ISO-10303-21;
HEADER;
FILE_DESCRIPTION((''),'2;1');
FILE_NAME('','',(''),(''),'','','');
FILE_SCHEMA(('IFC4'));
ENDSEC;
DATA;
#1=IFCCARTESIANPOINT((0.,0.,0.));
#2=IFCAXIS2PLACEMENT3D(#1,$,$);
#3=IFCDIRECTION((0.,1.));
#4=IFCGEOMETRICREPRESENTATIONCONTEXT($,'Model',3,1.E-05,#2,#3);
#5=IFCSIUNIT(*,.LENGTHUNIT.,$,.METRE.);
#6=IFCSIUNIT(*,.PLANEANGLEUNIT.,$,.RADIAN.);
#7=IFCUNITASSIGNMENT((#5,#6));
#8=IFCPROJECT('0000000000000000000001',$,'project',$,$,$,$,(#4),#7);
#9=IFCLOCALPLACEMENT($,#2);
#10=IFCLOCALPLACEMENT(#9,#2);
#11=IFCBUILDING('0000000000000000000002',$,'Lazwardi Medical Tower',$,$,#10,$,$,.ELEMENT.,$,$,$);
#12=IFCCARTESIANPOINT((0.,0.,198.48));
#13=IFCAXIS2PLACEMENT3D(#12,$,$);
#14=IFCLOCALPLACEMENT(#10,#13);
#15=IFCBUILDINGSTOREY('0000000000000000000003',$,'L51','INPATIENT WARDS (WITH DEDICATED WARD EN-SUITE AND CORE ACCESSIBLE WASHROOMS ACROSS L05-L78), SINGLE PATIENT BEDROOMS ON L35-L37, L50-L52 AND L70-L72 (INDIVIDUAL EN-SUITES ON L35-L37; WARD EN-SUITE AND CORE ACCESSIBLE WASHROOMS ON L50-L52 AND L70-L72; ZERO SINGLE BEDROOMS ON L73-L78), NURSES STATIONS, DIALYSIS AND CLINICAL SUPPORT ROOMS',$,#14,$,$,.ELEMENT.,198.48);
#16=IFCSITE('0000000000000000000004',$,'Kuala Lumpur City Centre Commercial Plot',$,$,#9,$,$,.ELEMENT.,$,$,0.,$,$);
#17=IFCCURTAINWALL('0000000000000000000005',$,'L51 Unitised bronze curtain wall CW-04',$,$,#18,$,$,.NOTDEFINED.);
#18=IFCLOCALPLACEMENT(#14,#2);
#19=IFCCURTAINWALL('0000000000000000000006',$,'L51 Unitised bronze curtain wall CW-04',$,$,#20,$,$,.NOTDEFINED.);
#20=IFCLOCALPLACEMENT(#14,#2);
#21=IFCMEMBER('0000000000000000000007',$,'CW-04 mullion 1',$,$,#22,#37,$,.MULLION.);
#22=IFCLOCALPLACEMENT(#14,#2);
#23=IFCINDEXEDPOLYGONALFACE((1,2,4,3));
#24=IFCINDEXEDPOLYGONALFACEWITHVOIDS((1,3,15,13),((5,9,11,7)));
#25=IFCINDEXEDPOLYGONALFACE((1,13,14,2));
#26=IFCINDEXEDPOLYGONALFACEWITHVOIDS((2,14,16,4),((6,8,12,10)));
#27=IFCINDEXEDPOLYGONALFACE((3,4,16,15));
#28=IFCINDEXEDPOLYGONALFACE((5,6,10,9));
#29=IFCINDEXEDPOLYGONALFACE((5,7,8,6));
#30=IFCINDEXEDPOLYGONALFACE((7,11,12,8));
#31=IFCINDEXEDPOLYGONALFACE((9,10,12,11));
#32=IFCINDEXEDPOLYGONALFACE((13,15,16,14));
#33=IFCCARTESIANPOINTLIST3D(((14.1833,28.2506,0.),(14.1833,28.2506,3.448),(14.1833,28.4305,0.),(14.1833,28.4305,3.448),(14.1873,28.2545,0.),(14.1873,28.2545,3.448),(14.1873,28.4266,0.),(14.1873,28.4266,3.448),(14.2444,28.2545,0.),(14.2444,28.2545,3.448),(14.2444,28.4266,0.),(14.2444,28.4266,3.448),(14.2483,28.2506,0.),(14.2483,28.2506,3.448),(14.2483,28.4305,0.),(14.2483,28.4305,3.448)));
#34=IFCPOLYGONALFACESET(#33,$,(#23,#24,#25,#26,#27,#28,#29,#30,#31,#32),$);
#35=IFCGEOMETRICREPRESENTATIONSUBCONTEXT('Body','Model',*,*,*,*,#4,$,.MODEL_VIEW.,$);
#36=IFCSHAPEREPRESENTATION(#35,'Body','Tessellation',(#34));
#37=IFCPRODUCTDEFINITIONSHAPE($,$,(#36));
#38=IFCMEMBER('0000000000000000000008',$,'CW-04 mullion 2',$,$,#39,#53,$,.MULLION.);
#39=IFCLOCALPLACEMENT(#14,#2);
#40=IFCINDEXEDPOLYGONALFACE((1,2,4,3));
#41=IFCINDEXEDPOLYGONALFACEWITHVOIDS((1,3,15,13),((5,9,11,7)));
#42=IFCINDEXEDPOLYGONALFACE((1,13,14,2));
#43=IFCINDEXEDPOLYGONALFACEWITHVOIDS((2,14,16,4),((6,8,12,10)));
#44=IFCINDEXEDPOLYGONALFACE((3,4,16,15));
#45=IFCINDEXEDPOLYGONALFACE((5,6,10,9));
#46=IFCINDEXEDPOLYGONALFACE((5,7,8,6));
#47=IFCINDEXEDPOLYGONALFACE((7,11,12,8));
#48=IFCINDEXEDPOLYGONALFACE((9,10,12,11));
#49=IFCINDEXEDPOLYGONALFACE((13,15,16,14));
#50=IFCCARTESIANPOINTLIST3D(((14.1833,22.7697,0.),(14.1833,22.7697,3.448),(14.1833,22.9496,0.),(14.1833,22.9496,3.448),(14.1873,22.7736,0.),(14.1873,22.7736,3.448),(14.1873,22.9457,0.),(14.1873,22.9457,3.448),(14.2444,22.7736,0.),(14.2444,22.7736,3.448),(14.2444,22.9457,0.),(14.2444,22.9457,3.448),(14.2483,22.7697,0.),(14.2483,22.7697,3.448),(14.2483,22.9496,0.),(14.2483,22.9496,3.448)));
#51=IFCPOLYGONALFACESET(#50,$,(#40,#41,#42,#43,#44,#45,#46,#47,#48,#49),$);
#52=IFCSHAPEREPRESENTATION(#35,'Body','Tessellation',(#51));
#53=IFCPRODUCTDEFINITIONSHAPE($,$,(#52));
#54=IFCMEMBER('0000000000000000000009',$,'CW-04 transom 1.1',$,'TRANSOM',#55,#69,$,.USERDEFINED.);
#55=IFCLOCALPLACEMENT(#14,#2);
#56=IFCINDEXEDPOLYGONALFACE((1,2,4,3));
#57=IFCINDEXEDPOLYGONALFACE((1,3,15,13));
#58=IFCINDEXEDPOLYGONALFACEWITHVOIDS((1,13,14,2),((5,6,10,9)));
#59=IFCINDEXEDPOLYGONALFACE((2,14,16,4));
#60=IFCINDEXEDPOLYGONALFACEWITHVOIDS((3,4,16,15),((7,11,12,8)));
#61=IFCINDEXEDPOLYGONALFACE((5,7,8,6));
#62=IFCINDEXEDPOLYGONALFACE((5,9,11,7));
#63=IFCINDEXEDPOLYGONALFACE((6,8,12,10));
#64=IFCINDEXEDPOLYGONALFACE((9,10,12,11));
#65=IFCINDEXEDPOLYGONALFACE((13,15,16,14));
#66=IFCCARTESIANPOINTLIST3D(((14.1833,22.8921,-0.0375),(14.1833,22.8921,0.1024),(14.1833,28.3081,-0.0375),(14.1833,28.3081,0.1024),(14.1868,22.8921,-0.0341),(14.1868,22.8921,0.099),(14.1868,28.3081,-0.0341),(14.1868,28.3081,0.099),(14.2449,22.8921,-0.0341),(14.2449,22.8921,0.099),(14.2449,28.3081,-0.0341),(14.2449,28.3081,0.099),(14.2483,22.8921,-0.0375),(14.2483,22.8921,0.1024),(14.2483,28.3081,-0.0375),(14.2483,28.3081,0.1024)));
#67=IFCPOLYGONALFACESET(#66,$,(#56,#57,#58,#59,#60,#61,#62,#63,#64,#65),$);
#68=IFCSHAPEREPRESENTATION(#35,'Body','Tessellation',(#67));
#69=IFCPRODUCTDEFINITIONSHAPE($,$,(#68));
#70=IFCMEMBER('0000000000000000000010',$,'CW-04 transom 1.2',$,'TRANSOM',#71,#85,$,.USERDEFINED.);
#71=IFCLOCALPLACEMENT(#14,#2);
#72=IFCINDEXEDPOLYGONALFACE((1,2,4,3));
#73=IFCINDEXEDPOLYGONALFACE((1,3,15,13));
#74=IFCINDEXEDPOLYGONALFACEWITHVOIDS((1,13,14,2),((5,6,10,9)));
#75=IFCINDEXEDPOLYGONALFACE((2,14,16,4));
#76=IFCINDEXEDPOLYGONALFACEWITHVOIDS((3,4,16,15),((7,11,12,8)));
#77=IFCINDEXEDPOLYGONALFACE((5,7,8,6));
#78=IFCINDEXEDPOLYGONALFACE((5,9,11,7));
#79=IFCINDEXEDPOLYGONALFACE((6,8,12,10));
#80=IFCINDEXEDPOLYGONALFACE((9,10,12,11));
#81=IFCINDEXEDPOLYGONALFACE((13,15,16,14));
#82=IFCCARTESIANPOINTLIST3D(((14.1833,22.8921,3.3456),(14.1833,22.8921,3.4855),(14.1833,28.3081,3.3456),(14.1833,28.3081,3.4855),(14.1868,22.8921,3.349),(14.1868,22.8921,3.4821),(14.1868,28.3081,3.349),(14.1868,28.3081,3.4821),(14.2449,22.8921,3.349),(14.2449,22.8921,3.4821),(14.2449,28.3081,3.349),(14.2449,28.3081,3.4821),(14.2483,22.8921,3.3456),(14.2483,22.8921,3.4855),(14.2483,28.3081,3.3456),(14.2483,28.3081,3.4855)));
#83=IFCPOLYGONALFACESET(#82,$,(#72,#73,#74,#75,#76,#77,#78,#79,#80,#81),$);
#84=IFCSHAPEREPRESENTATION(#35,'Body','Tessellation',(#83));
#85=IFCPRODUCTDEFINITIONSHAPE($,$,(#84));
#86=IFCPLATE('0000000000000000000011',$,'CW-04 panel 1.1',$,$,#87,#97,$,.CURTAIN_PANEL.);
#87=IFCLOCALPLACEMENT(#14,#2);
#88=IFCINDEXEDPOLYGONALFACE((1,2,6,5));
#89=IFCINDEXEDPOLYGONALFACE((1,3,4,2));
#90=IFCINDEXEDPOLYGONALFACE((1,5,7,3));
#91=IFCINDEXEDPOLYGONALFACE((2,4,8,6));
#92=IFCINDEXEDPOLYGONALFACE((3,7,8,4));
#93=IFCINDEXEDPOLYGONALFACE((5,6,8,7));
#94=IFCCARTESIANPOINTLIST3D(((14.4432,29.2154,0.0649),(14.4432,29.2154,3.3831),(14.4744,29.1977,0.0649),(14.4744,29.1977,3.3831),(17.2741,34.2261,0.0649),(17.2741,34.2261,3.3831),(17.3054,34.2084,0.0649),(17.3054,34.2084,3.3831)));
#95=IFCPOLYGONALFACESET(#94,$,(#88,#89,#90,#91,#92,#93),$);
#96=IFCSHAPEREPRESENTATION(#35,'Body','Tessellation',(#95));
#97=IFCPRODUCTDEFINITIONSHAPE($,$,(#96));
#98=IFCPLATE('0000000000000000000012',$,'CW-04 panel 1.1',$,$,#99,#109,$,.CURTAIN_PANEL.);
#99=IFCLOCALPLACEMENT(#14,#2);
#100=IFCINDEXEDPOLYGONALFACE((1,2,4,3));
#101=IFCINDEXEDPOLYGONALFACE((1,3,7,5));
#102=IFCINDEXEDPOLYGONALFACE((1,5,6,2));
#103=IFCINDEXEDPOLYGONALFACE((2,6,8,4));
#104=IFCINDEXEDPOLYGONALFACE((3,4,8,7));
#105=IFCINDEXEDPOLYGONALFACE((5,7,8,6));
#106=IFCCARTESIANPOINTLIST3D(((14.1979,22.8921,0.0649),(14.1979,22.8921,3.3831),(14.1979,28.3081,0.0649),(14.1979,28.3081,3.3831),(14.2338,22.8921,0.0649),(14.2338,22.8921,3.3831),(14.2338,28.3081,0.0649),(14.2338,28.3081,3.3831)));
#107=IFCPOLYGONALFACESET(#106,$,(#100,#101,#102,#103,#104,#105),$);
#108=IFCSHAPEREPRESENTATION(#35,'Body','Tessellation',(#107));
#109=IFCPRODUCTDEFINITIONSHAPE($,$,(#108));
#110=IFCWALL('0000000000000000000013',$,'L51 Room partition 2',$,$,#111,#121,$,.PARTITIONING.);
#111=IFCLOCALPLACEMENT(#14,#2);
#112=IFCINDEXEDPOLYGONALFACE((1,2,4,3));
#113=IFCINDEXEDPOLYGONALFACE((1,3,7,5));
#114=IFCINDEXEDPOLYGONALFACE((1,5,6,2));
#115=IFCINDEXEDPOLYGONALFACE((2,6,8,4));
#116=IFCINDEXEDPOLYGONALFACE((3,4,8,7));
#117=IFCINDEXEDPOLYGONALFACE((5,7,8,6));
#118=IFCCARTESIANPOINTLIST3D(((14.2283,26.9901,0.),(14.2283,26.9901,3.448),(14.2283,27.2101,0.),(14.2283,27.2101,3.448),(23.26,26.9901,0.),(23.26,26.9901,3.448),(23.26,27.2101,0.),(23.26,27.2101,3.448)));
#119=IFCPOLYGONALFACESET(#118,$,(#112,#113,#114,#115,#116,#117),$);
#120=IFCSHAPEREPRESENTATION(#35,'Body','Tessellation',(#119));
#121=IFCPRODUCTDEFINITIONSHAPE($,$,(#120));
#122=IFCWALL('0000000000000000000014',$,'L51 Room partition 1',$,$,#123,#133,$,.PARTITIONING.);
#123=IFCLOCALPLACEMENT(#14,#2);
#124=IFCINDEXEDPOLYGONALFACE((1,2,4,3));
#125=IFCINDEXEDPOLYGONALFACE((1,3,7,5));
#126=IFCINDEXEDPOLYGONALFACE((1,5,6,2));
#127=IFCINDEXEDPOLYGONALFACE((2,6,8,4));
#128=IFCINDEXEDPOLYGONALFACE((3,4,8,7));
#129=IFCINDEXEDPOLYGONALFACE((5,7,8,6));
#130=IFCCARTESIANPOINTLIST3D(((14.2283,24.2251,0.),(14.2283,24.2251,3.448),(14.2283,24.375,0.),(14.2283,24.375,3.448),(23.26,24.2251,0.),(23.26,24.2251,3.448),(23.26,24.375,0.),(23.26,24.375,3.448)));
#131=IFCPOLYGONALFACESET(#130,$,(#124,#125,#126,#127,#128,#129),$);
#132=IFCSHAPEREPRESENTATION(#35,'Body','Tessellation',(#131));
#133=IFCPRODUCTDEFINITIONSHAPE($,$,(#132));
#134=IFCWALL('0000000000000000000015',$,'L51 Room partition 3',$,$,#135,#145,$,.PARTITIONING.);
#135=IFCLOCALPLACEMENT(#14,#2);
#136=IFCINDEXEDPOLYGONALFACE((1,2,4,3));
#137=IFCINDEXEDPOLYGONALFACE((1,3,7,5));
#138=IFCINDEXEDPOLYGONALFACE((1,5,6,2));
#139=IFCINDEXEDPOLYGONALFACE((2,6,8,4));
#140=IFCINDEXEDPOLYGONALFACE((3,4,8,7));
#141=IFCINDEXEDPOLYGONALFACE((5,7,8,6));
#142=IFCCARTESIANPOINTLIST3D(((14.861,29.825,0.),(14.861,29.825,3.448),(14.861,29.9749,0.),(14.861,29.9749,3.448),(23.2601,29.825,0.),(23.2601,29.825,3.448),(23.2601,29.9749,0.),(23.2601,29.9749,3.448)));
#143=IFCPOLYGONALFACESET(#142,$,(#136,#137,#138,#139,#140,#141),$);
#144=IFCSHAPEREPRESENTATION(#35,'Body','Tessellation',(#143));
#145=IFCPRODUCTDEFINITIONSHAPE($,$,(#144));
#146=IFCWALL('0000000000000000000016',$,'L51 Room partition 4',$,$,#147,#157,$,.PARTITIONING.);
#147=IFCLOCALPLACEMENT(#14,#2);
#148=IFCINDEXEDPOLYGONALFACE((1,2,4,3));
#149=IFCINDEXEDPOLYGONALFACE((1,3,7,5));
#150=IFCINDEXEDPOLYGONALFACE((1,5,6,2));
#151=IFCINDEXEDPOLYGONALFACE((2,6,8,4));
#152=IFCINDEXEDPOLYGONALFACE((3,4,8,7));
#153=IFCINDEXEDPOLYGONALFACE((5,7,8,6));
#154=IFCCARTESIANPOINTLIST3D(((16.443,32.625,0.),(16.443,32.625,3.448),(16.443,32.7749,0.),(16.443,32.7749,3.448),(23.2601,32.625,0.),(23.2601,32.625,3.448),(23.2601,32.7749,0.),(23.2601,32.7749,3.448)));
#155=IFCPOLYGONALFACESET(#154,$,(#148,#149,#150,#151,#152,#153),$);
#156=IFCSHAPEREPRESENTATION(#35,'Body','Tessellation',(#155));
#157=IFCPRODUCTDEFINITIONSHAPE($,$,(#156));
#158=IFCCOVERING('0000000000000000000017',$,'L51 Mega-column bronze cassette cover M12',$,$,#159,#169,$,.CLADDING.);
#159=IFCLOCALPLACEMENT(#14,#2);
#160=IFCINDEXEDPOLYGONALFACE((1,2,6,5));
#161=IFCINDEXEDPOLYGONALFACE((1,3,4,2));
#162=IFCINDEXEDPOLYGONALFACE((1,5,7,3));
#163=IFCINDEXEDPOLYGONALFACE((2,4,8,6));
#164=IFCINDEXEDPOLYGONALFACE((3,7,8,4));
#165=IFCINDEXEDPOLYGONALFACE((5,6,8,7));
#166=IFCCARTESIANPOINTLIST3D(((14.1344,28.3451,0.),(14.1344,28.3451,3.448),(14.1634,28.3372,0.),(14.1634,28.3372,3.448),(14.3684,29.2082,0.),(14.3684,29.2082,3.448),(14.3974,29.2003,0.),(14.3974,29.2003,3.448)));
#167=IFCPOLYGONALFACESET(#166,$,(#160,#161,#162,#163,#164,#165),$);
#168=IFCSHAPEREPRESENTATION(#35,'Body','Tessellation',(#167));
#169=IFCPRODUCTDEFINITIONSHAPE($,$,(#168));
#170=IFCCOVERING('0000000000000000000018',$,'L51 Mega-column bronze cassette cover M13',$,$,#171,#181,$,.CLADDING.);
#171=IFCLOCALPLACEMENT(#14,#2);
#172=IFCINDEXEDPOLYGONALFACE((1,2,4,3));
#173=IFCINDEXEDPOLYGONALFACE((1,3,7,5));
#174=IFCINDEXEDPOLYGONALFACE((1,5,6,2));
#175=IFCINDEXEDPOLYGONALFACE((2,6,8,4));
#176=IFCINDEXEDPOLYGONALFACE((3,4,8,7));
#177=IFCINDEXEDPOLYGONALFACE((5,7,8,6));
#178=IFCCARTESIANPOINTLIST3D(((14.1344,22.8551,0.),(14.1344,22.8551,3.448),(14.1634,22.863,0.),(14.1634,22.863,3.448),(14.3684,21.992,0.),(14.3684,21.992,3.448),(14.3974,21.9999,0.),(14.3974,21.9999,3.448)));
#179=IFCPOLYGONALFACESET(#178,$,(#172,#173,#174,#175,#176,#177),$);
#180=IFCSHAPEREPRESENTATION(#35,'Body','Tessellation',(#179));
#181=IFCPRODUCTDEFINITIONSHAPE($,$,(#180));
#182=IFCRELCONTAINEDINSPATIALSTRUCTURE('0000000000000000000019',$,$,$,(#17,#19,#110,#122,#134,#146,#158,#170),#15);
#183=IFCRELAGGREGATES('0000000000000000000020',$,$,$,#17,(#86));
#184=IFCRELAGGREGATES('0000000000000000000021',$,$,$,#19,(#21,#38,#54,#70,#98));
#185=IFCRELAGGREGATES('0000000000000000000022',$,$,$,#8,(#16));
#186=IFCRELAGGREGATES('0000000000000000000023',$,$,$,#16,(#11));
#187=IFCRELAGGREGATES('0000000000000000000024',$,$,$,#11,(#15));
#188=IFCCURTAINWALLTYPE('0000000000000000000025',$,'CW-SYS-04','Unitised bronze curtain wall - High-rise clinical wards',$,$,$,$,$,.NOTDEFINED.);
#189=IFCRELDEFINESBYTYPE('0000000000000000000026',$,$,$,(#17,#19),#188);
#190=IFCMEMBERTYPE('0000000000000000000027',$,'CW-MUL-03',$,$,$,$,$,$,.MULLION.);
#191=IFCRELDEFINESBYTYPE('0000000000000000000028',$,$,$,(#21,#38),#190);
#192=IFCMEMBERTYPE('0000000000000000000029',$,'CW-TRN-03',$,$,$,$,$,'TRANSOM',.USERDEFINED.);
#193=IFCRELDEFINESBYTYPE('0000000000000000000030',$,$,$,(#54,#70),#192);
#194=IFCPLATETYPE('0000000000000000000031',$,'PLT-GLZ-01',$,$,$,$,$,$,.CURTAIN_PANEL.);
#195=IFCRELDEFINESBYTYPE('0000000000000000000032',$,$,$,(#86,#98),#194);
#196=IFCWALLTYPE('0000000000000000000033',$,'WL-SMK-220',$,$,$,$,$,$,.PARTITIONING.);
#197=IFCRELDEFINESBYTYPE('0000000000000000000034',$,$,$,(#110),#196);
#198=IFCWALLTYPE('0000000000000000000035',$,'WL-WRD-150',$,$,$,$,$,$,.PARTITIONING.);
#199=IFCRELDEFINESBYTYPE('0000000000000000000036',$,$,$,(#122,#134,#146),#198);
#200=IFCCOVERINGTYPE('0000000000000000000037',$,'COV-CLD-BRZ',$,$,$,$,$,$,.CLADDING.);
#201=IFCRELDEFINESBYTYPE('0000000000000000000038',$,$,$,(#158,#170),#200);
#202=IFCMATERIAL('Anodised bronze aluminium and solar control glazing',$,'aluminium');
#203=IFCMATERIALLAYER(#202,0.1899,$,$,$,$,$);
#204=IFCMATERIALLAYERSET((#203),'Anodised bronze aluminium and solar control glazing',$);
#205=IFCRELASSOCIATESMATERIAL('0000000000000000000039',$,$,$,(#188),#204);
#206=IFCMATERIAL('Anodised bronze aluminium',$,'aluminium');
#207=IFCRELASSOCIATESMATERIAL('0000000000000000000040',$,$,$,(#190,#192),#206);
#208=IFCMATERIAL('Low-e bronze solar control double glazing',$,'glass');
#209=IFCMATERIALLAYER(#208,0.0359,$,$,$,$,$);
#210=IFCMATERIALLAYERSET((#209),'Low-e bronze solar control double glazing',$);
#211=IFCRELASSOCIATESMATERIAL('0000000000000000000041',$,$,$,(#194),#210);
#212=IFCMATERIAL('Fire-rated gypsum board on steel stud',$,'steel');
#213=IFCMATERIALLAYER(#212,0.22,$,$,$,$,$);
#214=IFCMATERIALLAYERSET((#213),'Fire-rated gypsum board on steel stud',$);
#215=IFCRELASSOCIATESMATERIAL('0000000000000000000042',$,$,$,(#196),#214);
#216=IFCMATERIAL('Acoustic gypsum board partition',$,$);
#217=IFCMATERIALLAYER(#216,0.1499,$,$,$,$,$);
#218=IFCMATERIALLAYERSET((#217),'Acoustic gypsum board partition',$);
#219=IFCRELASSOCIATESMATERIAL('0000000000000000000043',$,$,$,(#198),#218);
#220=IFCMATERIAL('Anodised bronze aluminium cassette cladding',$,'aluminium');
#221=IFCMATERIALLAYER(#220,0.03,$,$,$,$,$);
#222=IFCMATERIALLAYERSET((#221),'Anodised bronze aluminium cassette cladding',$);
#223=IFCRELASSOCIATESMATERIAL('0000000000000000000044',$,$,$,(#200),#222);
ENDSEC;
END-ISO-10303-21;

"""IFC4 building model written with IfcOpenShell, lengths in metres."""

from ifc_helpers import new_model, si_unit, direction, frame, frame_2d, origin, origin_2d, place, context, subcontext, project, spatial, rectangle, hollow_rectangle, extrude, material, layer, layer_set, material_profile, profile_set, type_object, element, aggregate, save


model = new_model("IFC4")

# Units and contexts
model_context = context("Model", 3, precision=1e-05, world=origin(), true_north=direction((0.0, 1.0)))
body_context = subcontext(model_context, "Body", "Model", "MODEL_VIEW")
ifc_project = project(units=[si_unit("LENGTHUNIT", "METRE"), si_unit("PLANEANGLEUNIT", "RADIAN")], contexts=[model_context])

# Site, building, storey
site_placement = place(None, origin())
site = spatial("IfcSite", under=ifc_project, at=site_placement, Name="Kuala Lumpur City Centre Commercial Plot", CompositionType="ELEMENT", RefElevation=0.0)
building_placement = place(site_placement, origin())
building = spatial("IfcBuilding", under=site, at=building_placement, Name="Lazwardi Medical Tower", CompositionType="ELEMENT")
storey_placement = place(building_placement, frame((0.0, 0.0, 198.48)))
storey = spatial("IfcBuildingStorey", under=building, at=storey_placement, Name="L51", Description="INPATIENT WARDS (WITH DEDICATED WARD EN-SUITE AND CORE ACCESSIBLE WASHROOMS ACROSS L05-L78), SINGLE PATIENT BEDROOMS ON L35-L37, L50-L52 AND L70-L72 (INDIVIDUAL EN-SUITES ON L35-L37; WARD EN-SUITE AND CORE ACCESSIBLE WASHROOMS ON L50-L52 AND L70-L72; ZERO SINGLE BEDROOMS ON L73-L78), NURSES STATIONS, DIALYSIS AND CLINICAL SUPPORT ROOMS", CompositionType="ELEMENT", Elevation=198.48)

# Curtain wall
ifc_material_1 = material(Name="Anodised bronze aluminium and solar control glazing", Category="aluminium")
ifc_layer_1 = layer(ifc_material_1, 0.1899)
ifc_layer_set_1 = layer_set([ifc_layer_1], Name="Anodised bronze aluminium and solar control glazing")
curtain_wall_type = type_object("IfcCurtainWallType", Name="CW-SYS-04", Description="Unitised bronze curtain wall - High-rise clinical wards", PredefinedType="NOTDEFINED", material=ifc_layer_set_1)
curtain_wall_1_placement = place(storey_placement, origin())
curtain_wall_1 = element("IfcCurtainWall", 1, at=curtain_wall_1_placement, inside=storey, type_object=curtain_wall_type, Name="L51 Unitised bronze curtain wall CW-04", PredefinedType="NOTDEFINED")
ifc_material_2 = material(Name="Anodised bronze aluminium", Category="aluminium")
ifc_material_profile_1 = material_profile(ifc_material_2, hollow_rectangle(XDim=0.0649, YDim=0.1799, WallThickness=0.0039, at=origin_2d()), Name="ALU-MULLION 180x65x4")
ifc_profile_set_1 = profile_set([ifc_material_profile_1], Name="Anodised bronze aluminium")
member_type_1 = type_object("IfcMemberType", Name="CW-MUL-03", PredefinedType="MULLION", material=ifc_profile_set_1)

# Curtain wall, members
curtain_wall_2_placement = place(storey_placement, origin())
curtain_wall_2 = element("IfcCurtainWall", 2, at=curtain_wall_2_placement, inside=storey, type_object=curtain_wall_type, Name="L51 Unitised bronze curtain wall CW-04", PredefinedType="NOTDEFINED")
member_1_placement = place(storey_placement, frame((14.2158, 28.3406, 0.0), z_axis=(0.0, 0.0, 1.0), x_axis=(1.0, 0.0, 0.0)))
member_1 = element("IfcMember", 3, at=member_1_placement, type_object=member_type_1, Name="CW-04 mullion 1", PredefinedType="MULLION", context=body_context, shape_type="SweptSolid", body=[
    extrude(hollow_rectangle(XDim=0.0649, YDim=0.1799, WallThickness=0.0039, at=origin_2d()), origin(), (0.0, 0.0, 1.0), 3.448),
])
member_2_placement = place(storey_placement, frame((14.2158, 22.8596, 0.0), z_axis=(0.0, 0.0, 1.0), x_axis=(1.0, 0.0, 0.0)))
member_2 = element("IfcMember", 4, at=member_2_placement, type_object=member_type_1, Name="CW-04 mullion 2", PredefinedType="MULLION", context=body_context, shape_type="SweptSolid", body=[
    extrude(hollow_rectangle(XDim=0.0649, YDim=0.1799, WallThickness=0.0039, at=origin_2d()), origin(), (0.0, 0.0, 1.0), 3.448),
])
ifc_material_profile_2 = material_profile(ifc_material_2, hollow_rectangle(XDim=0.0649, YDim=0.1399, WallThickness=0.0034, at=origin_2d()), Name="ALU-TRANSOM 140x65x3.5")
ifc_profile_set_2 = profile_set([ifc_material_profile_2], Name="Anodised bronze aluminium")
member_type_2 = type_object("IfcMemberType", Name="CW-TRN-03", ElementType="TRANSOM", PredefinedType="USERDEFINED", material=ifc_profile_set_2)
member_3_placement = place(storey_placement, frame((14.2158, 28.3081, 0.0325), z_axis=(0.0, -1.0, 0.0), x_axis=(1.0, 0.0, 0.0)))
member_3 = element("IfcMember", 5, at=member_3_placement, type_object=member_type_2, Name="CW-04 transom 1.1", ObjectType="TRANSOM", PredefinedType="USERDEFINED", context=body_context, shape_type="SweptSolid", body=[
    extrude(hollow_rectangle(XDim=0.0649, YDim=0.1399, WallThickness=0.0034, at=origin_2d()), origin(), (0.0, 0.0, 1.0), 5.416),
])
member_4_placement = place(storey_placement, frame((14.2158, 28.3081, 3.4155), z_axis=(0.0, -1.0, 0.0), x_axis=(1.0, 0.0, 0.0)))
member_4 = element("IfcMember", 6, at=member_4_placement, type_object=member_type_2, Name="CW-04 transom 1.2", ObjectType="TRANSOM", PredefinedType="USERDEFINED", context=body_context, shape_type="SweptSolid", body=[
    extrude(hollow_rectangle(XDim=0.0649, YDim=0.1399, WallThickness=0.0034, at=origin_2d()), origin(), (0.0, 0.0, 1.0), 5.416),
])

# Plates
ifc_material_3 = material(Name="Low-e bronze solar control double glazing", Category="glass")
ifc_layer_2 = layer(ifc_material_3, 0.0359)
ifc_layer_set_2 = layer_set([ifc_layer_2], Name="Low-e bronze solar control double glazing")
plate_type = type_object("IfcPlateType", Name="PLT-GLZ-01", PredefinedType="CURTAIN_PANEL", material=ifc_layer_set_2)
plate_1_placement = place(storey_placement, frame((15.8743, 31.7119, 0.0649), z_axis=(0.0, 0.0, 1.0), x_axis=(-0.4919, -0.870651, 0.0)))
plate_1 = element("IfcPlate", 7, at=plate_1_placement, type_object=plate_type, Name="CW-04 panel 1.1", PredefinedType="CURTAIN_PANEL", context=body_context, shape_type="SweptSolid", body=[
    extrude(rectangle(XDim=5.7551, YDim=0.0359, at=origin_2d()), origin(), (0.0, 0.0, 1.0), 3.3181),
])
aggregate(curtain_wall_1, [plate_1])
plate_2_placement = place(storey_placement, frame((14.2158, 25.6001, 0.0649), z_axis=(0.0, 0.0, 1.0), x_axis=(0.0, -1.0, 0.0)))
plate_2 = element("IfcPlate", 8, at=plate_2_placement, type_object=plate_type, Name="CW-04 panel 1.1", PredefinedType="CURTAIN_PANEL", context=body_context, shape_type="SweptSolid", body=[
    extrude(rectangle(XDim=5.416, YDim=0.0359, at=origin_2d()), origin(), (0.0, 0.0, 1.0), 3.3181),
])
aggregate(curtain_wall_2, [member_1, member_2, member_3, member_4, plate_2])

# Walls
ifc_material_4 = material(Name="Fire-rated gypsum board on steel stud", Category="steel")
ifc_layer_3 = layer(ifc_material_4, 0.22)
ifc_layer_set_3 = layer_set([ifc_layer_3], Name="Fire-rated gypsum board on steel stud")
wall_type_1 = type_object("IfcWallType", Name="WL-SMK-220", PredefinedType="PARTITIONING", material=ifc_layer_set_3)
wall_1_placement = place(storey_placement, frame((14.2283, 27.1001, 0.0), z_axis=(0.0, 0.0, 1.0), x_axis=(1.0, 0.0, 0.0)))
element("IfcWall", 9, at=wall_1_placement, inside=storey, type_object=wall_type_1, Name="L51 Room partition 2", PredefinedType="PARTITIONING", context=body_context, shape_type="SweptSolid", body=[
    extrude(rectangle(XDim=9.0317, YDim=0.22, at=frame_2d((4.5159, 0.0))), origin(), (0.0, 0.0, 1.0), 3.448),
])
ifc_material_5 = material(Name="Acoustic gypsum board partition")
ifc_layer_4 = layer(ifc_material_5, 0.1499)
ifc_layer_set_4 = layer_set([ifc_layer_4], Name="Acoustic gypsum board partition")
wall_type_2 = type_object("IfcWallType", Name="WL-WRD-150", PredefinedType="PARTITIONING", material=ifc_layer_set_4)
wall_2_placement = place(storey_placement, frame((14.2283, 24.3, 0.0), z_axis=(0.0, 0.0, 1.0), x_axis=(1.0, 0.0, 0.0)))
element("IfcWall", 10, at=wall_2_placement, inside=storey, type_object=wall_type_2, Name="L51 Room partition 1", PredefinedType="PARTITIONING", context=body_context, shape_type="SweptSolid", body=[
    extrude(rectangle(XDim=9.0317, YDim=0.1499, at=frame_2d((4.5159, 0.0))), origin(), (0.0, 0.0, 1.0), 3.448),
])
wall_3_placement = place(storey_placement, frame((14.8608, 29.8999, 0.0), z_axis=(0.0, 0.0, 1.0), x_axis=(1.0, 0.0, 0.0)))
element("IfcWall", 11, at=wall_3_placement, inside=storey, type_object=wall_type_2, Name="L51 Room partition 3", PredefinedType="PARTITIONING", context=body_context, shape_type="SweptSolid", body=[
    extrude(rectangle(XDim=8.3992, YDim=0.1499, at=frame_2d((4.1997, 0.0))), origin(), (0.0, 0.0, 1.0), 3.448),
])
wall_4_placement = place(storey_placement, frame((16.4429, 32.7, 0.0), z_axis=(0.0, 0.0, 1.0), x_axis=(1.0, 0.0, 0.0)))
element("IfcWall", 12, at=wall_4_placement, inside=storey, type_object=wall_type_2, Name="L51 Room partition 4", PredefinedType="PARTITIONING", context=body_context, shape_type="SweptSolid", body=[
    extrude(rectangle(XDim=6.8171, YDim=0.1499, at=frame_2d((3.4087, 0.0))), origin(), (0.0, 0.0, 1.0), 3.448),
])

# Coverings
ifc_material_6 = material(Name="Anodised bronze aluminium cassette cladding", Category="aluminium")
ifc_layer_5 = layer(ifc_material_6, 0.03)
ifc_layer_set_5 = layer_set([ifc_layer_5], Name="Anodised bronze aluminium cassette cladding")
covering_type = type_object("IfcCoveringType", Name="COV-CLD-BRZ", PredefinedType="CLADDING", material=ifc_layer_set_5)
for number, where, z_axis, x_axis, name in (
    (13, (14.2659, 28.7727, 0.0), (0.0, 0.0, 1.0), (-0.261642, -0.965165, 0.0), "L51 Mega-column bronze cassette cover M12"),
    (14, (14.2659, 22.4275, 0.0), (0.0, 0.0, 1.0), (0.261642, -0.965165, 0.0), "L51 Mega-column bronze cassette cover M13"),
):
    element("IfcCovering", number, at=place(storey_placement, frame(where, z_axis=z_axis, x_axis=x_axis)), inside=storey, type_object=covering_type, Name=name, PredefinedType="CLADDING", context=body_context, shape_type="SweptSolid", body=[
        extrude(rectangle(XDim=0.8943, YDim=0.03, at=origin_2d()), origin(), (0.0, 0.0, 1.0), 3.448),
    ])

save(model, "model.ifc")
